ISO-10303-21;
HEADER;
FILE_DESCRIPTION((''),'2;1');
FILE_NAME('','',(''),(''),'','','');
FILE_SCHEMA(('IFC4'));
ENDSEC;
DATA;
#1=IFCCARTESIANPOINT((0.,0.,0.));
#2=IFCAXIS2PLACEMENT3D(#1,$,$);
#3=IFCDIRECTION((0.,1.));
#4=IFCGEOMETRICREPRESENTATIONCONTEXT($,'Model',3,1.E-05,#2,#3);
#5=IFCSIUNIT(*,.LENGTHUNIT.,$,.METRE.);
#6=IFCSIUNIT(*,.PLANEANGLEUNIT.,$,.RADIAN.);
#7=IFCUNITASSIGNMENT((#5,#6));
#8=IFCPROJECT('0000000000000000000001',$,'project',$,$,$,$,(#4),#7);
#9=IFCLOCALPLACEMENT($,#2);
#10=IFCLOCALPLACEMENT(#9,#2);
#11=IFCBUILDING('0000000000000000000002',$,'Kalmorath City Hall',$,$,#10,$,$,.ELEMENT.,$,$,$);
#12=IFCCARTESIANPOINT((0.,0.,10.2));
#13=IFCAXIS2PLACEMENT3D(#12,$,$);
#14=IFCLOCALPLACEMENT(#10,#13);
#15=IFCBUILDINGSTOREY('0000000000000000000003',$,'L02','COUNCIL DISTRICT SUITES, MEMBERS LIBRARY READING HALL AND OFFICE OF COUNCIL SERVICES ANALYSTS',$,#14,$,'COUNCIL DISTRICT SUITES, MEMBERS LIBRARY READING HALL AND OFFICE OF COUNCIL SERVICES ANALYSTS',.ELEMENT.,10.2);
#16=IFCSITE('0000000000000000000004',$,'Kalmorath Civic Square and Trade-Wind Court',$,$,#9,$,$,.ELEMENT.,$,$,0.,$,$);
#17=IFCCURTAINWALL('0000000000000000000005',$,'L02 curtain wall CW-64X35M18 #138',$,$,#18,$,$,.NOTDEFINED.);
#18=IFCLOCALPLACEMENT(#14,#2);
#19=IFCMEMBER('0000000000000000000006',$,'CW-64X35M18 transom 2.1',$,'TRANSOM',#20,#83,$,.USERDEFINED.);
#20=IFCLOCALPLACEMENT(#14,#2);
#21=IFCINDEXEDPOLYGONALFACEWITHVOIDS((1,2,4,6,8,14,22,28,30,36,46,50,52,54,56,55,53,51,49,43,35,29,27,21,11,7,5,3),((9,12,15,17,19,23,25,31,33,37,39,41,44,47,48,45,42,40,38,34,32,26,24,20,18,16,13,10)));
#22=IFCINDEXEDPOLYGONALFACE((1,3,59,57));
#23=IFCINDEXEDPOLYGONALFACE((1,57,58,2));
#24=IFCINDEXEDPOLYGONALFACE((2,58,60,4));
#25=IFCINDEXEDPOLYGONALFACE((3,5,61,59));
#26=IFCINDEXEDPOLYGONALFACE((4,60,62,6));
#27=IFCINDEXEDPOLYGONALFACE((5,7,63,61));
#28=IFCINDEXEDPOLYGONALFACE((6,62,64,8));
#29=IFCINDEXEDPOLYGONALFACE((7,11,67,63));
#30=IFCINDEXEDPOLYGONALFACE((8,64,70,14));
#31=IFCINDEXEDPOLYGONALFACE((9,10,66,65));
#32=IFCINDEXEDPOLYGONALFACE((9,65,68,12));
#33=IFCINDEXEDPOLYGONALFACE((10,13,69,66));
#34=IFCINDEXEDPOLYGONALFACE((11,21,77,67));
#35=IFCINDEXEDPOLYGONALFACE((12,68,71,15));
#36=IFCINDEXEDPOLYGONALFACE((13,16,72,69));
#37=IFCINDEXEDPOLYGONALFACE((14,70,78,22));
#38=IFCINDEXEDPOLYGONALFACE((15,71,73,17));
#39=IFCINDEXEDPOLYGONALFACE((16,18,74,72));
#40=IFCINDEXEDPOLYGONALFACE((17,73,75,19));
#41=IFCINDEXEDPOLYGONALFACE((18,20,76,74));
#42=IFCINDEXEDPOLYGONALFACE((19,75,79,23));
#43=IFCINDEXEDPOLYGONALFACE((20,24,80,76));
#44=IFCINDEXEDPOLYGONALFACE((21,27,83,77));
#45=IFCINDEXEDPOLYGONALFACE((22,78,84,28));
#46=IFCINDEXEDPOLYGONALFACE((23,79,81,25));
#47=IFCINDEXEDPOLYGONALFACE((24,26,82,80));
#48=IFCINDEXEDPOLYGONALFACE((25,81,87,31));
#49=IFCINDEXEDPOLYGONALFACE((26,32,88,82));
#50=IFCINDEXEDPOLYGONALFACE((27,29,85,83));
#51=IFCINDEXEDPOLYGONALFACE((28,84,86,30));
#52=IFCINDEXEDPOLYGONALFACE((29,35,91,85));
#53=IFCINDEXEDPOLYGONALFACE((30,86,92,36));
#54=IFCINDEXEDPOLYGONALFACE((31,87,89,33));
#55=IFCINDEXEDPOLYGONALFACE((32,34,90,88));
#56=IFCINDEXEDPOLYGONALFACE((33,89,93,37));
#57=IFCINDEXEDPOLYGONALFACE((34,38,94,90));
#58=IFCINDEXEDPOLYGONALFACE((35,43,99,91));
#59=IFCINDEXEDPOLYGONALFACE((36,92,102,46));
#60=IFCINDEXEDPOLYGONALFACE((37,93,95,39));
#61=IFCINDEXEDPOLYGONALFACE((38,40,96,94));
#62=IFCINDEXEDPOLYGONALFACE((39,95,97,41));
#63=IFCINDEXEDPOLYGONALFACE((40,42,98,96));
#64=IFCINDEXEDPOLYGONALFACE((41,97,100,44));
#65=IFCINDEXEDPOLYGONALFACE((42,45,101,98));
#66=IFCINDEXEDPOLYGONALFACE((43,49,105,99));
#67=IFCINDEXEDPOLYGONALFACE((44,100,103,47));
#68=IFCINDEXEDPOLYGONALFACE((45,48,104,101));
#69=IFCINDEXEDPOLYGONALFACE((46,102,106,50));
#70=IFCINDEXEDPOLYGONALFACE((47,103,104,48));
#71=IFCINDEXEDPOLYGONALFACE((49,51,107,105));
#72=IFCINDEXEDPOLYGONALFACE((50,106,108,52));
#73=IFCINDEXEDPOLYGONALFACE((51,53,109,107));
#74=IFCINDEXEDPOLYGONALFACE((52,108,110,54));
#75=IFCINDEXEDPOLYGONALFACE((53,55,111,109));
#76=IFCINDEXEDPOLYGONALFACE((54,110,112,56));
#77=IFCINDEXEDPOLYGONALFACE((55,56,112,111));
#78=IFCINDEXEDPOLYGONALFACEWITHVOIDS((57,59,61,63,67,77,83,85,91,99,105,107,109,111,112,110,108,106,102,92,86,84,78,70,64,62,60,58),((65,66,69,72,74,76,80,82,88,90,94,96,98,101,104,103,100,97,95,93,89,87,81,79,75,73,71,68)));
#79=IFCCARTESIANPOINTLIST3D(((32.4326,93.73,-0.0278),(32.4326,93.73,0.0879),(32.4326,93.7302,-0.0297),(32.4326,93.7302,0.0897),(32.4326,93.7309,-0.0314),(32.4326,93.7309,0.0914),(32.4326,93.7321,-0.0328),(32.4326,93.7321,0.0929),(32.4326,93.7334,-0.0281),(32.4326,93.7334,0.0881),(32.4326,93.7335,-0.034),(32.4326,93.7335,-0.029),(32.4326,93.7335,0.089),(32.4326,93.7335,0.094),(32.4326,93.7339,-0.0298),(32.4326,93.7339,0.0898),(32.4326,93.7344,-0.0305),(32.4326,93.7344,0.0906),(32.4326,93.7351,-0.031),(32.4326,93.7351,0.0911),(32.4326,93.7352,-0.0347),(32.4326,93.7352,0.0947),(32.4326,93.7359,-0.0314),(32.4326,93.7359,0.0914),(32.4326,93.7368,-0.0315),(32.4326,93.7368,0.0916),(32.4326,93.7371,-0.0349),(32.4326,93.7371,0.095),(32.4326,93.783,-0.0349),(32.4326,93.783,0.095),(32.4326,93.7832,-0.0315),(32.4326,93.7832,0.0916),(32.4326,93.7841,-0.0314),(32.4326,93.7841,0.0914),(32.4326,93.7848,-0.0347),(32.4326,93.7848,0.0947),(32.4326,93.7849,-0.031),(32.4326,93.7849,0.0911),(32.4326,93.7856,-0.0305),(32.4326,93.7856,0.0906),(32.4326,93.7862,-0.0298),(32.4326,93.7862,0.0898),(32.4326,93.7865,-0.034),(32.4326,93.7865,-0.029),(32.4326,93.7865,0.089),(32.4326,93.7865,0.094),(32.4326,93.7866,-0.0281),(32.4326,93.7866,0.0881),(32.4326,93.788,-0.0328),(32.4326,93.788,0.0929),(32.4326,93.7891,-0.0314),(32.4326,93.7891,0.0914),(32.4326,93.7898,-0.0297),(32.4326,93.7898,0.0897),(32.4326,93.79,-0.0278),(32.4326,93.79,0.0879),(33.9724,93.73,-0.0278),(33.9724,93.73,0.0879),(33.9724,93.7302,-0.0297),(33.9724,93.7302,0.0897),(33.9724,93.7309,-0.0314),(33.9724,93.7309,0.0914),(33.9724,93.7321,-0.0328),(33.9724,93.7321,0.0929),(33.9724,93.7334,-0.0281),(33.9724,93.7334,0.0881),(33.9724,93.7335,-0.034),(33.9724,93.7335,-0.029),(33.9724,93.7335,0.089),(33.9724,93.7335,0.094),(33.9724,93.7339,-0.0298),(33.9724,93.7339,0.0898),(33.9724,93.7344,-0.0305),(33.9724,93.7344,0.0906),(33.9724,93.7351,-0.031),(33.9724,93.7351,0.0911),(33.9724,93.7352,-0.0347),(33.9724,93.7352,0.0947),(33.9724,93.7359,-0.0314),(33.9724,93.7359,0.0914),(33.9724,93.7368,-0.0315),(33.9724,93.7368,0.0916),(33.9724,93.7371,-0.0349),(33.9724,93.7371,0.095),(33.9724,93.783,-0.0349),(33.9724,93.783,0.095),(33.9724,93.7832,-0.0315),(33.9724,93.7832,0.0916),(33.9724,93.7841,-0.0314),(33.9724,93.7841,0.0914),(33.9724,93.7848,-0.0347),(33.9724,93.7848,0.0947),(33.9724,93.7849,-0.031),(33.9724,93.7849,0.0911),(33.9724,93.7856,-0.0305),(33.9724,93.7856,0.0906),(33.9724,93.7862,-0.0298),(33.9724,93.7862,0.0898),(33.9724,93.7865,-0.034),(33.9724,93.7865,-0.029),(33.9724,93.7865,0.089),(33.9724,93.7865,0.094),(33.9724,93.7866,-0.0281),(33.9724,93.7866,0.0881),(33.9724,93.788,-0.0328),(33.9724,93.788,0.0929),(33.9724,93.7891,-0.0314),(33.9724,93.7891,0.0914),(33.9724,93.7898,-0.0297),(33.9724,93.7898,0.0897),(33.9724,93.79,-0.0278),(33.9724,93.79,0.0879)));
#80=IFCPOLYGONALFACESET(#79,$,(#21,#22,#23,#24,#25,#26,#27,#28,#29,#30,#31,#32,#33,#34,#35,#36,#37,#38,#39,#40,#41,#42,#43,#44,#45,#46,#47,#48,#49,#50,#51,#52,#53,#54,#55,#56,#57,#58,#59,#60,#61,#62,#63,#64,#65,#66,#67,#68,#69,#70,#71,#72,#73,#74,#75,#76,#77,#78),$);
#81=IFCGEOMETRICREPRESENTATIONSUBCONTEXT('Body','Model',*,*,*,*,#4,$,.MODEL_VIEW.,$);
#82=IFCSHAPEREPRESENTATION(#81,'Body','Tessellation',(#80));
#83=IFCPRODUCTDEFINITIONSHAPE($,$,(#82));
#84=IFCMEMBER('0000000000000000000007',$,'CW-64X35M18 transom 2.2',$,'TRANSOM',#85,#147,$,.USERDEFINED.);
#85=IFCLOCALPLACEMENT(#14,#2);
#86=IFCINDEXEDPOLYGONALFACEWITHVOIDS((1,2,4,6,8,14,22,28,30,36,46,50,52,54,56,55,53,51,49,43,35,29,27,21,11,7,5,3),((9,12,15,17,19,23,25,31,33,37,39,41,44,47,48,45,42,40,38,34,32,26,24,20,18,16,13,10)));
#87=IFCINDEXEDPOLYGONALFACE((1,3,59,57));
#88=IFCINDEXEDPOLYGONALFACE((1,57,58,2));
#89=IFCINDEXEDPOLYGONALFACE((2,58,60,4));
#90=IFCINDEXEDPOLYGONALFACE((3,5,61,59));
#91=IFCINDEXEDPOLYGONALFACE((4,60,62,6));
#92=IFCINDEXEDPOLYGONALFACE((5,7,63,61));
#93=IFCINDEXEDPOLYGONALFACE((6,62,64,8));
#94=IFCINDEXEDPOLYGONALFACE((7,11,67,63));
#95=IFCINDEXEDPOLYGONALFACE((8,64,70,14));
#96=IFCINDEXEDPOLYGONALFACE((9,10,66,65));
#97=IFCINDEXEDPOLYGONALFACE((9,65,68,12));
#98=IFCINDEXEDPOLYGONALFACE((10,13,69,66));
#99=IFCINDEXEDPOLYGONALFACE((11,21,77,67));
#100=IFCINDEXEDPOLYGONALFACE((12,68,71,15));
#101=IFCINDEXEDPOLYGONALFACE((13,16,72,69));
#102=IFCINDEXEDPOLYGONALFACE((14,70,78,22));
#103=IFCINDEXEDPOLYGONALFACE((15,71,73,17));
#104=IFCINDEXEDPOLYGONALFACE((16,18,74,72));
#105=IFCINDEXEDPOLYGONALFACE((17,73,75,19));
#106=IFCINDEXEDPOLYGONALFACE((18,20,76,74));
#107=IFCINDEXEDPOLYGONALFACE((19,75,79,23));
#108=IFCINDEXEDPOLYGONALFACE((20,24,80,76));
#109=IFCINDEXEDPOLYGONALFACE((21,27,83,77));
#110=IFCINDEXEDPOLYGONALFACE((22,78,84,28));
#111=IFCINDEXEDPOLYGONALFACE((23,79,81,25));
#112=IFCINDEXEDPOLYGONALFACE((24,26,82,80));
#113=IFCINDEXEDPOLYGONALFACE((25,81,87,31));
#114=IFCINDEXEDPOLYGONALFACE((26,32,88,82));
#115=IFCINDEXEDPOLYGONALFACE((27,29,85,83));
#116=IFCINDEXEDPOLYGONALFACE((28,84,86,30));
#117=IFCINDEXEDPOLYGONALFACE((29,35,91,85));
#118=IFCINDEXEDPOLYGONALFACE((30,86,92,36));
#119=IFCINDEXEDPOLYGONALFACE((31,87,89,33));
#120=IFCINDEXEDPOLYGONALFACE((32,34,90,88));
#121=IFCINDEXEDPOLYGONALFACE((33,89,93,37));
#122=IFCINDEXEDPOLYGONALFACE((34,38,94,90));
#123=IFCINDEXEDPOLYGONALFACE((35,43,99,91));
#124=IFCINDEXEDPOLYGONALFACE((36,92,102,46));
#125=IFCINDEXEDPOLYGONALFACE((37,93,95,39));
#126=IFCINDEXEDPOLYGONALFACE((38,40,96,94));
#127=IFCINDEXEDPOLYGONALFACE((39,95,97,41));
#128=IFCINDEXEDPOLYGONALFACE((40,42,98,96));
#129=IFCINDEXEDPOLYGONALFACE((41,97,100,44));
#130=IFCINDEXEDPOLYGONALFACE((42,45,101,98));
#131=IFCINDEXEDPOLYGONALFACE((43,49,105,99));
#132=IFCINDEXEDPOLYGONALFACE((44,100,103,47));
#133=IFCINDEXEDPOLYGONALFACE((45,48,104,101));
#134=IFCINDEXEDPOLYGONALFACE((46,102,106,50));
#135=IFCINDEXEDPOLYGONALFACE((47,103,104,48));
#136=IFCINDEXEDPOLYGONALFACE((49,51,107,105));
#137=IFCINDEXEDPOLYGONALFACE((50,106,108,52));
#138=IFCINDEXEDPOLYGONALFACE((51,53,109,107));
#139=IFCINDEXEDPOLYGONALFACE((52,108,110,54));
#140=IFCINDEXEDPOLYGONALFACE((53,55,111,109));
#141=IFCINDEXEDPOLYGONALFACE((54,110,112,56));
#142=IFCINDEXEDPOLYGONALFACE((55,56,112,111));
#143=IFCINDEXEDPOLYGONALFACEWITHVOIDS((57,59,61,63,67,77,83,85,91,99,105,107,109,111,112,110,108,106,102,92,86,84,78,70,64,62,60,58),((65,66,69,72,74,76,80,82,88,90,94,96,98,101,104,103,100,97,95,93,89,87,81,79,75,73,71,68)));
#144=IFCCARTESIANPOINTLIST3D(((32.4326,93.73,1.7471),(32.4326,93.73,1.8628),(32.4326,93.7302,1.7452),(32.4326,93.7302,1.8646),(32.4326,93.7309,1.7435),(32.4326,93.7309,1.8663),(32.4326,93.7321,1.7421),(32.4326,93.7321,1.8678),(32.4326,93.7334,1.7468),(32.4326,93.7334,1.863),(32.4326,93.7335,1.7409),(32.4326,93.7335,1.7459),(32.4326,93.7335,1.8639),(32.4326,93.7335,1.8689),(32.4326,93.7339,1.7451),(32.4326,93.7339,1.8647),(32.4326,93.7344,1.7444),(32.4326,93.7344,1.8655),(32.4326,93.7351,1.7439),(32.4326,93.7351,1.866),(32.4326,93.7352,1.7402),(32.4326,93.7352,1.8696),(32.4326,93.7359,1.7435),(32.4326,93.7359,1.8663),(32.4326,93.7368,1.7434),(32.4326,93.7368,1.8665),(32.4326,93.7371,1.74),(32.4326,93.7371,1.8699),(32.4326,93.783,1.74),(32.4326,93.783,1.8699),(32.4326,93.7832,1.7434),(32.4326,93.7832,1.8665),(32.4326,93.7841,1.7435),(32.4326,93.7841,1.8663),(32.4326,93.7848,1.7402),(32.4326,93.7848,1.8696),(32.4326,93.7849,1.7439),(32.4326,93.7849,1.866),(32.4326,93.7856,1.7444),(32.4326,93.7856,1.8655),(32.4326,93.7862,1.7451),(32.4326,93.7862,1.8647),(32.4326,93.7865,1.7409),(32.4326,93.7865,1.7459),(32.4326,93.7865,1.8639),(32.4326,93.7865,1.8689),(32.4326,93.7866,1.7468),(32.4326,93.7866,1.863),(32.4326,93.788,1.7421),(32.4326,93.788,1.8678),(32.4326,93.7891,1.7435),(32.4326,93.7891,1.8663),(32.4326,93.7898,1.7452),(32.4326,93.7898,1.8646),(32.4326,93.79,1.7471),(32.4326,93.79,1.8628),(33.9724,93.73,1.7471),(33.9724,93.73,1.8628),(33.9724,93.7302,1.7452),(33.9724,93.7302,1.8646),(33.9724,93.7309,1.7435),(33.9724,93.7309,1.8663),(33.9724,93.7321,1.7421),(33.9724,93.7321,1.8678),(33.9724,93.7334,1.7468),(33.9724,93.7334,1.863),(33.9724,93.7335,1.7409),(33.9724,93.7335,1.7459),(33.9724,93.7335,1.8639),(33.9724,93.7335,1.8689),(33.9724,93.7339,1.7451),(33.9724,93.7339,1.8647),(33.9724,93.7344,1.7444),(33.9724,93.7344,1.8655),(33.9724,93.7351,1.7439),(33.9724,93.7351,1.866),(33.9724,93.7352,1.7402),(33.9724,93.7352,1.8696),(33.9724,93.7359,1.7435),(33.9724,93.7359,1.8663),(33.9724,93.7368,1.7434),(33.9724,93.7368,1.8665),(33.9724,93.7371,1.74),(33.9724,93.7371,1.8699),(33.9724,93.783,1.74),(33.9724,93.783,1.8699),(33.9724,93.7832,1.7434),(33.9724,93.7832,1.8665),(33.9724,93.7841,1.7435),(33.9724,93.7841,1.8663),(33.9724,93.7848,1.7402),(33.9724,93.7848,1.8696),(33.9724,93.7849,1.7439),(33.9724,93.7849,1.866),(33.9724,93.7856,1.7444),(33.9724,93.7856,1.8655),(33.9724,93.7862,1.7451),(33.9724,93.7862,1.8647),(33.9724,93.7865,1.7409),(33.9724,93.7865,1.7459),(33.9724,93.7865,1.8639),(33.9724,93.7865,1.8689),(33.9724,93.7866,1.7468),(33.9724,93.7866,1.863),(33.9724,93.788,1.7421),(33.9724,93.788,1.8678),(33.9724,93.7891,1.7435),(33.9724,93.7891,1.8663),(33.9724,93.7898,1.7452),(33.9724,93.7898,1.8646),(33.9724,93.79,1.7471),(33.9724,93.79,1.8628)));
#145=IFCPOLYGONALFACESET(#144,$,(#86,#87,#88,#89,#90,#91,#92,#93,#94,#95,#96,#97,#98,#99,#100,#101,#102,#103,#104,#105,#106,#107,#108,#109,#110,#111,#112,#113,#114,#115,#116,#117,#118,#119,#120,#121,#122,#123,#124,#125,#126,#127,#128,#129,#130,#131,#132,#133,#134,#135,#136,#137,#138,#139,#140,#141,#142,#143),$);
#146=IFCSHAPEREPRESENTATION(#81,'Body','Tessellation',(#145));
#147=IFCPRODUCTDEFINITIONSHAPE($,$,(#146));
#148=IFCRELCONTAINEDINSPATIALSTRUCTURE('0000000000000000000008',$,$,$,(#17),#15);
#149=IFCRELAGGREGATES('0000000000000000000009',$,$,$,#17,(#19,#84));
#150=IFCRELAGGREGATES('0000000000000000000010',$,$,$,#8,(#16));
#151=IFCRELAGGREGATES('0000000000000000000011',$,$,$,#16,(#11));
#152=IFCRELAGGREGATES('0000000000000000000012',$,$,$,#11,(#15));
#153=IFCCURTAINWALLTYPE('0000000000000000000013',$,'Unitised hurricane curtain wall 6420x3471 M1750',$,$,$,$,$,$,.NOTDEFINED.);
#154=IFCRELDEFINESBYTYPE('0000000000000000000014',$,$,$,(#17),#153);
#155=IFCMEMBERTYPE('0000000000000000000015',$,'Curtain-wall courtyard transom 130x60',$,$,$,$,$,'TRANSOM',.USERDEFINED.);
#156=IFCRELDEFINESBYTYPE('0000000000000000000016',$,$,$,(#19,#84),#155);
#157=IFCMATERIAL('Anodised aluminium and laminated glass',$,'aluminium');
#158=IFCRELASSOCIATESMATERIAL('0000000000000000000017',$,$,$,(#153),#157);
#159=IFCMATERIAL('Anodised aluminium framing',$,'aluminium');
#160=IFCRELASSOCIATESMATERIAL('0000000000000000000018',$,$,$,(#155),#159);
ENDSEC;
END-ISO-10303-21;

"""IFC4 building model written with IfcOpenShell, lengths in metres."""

from ifc_helpers import new_model, si_unit, direction, frame, origin, origin_2d, place, context, subcontext, project, spatial, hollow_rectangle, extrude, material, material_profile, profile_set, type_object, element, aggregate, save


model = new_model("IFC4")

# Units and contexts
model_context = context("Model", 3, precision=1e-05, world=origin(), true_north=direction((0.0, 1.0)))
body_context = subcontext(model_context, "Body", "Model", "MODEL_VIEW")
ifc_project = project(units=[si_unit("LENGTHUNIT", "METRE"), si_unit("PLANEANGLEUNIT", "RADIAN")], contexts=[model_context])

# Site, building, storey
site_placement = place(None, origin())
site = spatial("IfcSite", under=ifc_project, at=site_placement, Name="Kalmorath Civic Square and Trade-Wind Court", CompositionType="ELEMENT", RefElevation=0.0)
building_placement = place(site_placement, origin())
building = spatial("IfcBuilding", under=site, at=building_placement, Name="Kalmorath City Hall", CompositionType="ELEMENT")
storey_placement = place(building_placement, frame((0.0, 0.0, 10.2)))
storey = spatial("IfcBuildingStorey", under=building, at=storey_placement, Name="L02", Description="COUNCIL DISTRICT SUITES, MEMBERS LIBRARY READING HALL AND OFFICE OF COUNCIL SERVICES ANALYSTS", LongName="COUNCIL DISTRICT SUITES, MEMBERS LIBRARY READING HALL AND OFFICE OF COUNCIL SERVICES ANALYSTS", CompositionType="ELEMENT", Elevation=10.2)

# Curtain wall
ifc_material_1 = material(Name="Anodised aluminium and laminated glass", Category="aluminium")
curtain_wall_type_1 = type_object("IfcCurtainWallType", Name="Unitised hurricane curtain wall 6420x3471 M1750", PredefinedType="NOTDEFINED", material=ifc_material_1)
curtain_wall_1_placement = place(storey_placement, origin())
curtain_wall_1 = element("IfcCurtainWall", 1, at=curtain_wall_1_placement, inside=storey, type_object=curtain_wall_type_1, Name="L02 curtain wall CW-64X35M18 #138", PredefinedType="NOTDEFINED")

# Members
ifc_material_2 = material(Name="Anodised aluminium framing", Category="aluminium")
ifc_material_profile_1 = material_profile(ifc_material_2, hollow_rectangle(XDim=0.0601, YDim=0.1299, WallThickness=0.0034, InnerFilletRadius=0.0034, OuterFilletRadius=0.0071, at=origin_2d()), Name="ALU-TRN-130X60X3.5")
ifc_profile_set_1 = profile_set([ifc_material_profile_1], Name="Anodised aluminium framing")
member_type_1 = type_object("IfcMemberType", Name="Curtain-wall courtyard transom 130x60", ElementType="TRANSOM", PredefinedType="USERDEFINED", material=ifc_profile_set_1)
member_1_placement = place(storey_placement, frame((33.9724, 93.76, 0.03), z_axis=(-1.0, 0.0, 0.0), x_axis=(0.0, -1.0, 0.0)))
member_1 = element("IfcMember", 2, at=member_1_placement, type_object=member_type_1, Name="CW-64X35M18 transom 2.1", ObjectType="TRANSOM", PredefinedType="USERDEFINED", context=body_context, shape_type="SweptSolid", body=[
    extrude(hollow_rectangle(XDim=0.0601, YDim=0.1299, WallThickness=0.0034, InnerFilletRadius=0.0034, OuterFilletRadius=0.0071, at=origin_2d()), origin(), (0.0, 0.0, 1.0), 1.5398),
])
member_2_placement = place(storey_placement, frame((33.9724, 93.76, 1.8049), z_axis=(-1.0, 0.0, 0.0), x_axis=(0.0, -1.0, 0.0)))
member_2 = element("IfcMember", 3, at=member_2_placement, type_object=member_type_1, Name="CW-64X35M18 transom 2.2", ObjectType="TRANSOM", PredefinedType="USERDEFINED", context=body_context, shape_type="SweptSolid", body=[
    extrude(hollow_rectangle(XDim=0.0601, YDim=0.1299, WallThickness=0.0034, InnerFilletRadius=0.0034, OuterFilletRadius=0.0071, at=origin_2d()), origin(), (0.0, 0.0, 1.0), 1.5398),
])

aggregate(curtain_wall_1, [member_1, member_2])

save(model, "model.ifc")
